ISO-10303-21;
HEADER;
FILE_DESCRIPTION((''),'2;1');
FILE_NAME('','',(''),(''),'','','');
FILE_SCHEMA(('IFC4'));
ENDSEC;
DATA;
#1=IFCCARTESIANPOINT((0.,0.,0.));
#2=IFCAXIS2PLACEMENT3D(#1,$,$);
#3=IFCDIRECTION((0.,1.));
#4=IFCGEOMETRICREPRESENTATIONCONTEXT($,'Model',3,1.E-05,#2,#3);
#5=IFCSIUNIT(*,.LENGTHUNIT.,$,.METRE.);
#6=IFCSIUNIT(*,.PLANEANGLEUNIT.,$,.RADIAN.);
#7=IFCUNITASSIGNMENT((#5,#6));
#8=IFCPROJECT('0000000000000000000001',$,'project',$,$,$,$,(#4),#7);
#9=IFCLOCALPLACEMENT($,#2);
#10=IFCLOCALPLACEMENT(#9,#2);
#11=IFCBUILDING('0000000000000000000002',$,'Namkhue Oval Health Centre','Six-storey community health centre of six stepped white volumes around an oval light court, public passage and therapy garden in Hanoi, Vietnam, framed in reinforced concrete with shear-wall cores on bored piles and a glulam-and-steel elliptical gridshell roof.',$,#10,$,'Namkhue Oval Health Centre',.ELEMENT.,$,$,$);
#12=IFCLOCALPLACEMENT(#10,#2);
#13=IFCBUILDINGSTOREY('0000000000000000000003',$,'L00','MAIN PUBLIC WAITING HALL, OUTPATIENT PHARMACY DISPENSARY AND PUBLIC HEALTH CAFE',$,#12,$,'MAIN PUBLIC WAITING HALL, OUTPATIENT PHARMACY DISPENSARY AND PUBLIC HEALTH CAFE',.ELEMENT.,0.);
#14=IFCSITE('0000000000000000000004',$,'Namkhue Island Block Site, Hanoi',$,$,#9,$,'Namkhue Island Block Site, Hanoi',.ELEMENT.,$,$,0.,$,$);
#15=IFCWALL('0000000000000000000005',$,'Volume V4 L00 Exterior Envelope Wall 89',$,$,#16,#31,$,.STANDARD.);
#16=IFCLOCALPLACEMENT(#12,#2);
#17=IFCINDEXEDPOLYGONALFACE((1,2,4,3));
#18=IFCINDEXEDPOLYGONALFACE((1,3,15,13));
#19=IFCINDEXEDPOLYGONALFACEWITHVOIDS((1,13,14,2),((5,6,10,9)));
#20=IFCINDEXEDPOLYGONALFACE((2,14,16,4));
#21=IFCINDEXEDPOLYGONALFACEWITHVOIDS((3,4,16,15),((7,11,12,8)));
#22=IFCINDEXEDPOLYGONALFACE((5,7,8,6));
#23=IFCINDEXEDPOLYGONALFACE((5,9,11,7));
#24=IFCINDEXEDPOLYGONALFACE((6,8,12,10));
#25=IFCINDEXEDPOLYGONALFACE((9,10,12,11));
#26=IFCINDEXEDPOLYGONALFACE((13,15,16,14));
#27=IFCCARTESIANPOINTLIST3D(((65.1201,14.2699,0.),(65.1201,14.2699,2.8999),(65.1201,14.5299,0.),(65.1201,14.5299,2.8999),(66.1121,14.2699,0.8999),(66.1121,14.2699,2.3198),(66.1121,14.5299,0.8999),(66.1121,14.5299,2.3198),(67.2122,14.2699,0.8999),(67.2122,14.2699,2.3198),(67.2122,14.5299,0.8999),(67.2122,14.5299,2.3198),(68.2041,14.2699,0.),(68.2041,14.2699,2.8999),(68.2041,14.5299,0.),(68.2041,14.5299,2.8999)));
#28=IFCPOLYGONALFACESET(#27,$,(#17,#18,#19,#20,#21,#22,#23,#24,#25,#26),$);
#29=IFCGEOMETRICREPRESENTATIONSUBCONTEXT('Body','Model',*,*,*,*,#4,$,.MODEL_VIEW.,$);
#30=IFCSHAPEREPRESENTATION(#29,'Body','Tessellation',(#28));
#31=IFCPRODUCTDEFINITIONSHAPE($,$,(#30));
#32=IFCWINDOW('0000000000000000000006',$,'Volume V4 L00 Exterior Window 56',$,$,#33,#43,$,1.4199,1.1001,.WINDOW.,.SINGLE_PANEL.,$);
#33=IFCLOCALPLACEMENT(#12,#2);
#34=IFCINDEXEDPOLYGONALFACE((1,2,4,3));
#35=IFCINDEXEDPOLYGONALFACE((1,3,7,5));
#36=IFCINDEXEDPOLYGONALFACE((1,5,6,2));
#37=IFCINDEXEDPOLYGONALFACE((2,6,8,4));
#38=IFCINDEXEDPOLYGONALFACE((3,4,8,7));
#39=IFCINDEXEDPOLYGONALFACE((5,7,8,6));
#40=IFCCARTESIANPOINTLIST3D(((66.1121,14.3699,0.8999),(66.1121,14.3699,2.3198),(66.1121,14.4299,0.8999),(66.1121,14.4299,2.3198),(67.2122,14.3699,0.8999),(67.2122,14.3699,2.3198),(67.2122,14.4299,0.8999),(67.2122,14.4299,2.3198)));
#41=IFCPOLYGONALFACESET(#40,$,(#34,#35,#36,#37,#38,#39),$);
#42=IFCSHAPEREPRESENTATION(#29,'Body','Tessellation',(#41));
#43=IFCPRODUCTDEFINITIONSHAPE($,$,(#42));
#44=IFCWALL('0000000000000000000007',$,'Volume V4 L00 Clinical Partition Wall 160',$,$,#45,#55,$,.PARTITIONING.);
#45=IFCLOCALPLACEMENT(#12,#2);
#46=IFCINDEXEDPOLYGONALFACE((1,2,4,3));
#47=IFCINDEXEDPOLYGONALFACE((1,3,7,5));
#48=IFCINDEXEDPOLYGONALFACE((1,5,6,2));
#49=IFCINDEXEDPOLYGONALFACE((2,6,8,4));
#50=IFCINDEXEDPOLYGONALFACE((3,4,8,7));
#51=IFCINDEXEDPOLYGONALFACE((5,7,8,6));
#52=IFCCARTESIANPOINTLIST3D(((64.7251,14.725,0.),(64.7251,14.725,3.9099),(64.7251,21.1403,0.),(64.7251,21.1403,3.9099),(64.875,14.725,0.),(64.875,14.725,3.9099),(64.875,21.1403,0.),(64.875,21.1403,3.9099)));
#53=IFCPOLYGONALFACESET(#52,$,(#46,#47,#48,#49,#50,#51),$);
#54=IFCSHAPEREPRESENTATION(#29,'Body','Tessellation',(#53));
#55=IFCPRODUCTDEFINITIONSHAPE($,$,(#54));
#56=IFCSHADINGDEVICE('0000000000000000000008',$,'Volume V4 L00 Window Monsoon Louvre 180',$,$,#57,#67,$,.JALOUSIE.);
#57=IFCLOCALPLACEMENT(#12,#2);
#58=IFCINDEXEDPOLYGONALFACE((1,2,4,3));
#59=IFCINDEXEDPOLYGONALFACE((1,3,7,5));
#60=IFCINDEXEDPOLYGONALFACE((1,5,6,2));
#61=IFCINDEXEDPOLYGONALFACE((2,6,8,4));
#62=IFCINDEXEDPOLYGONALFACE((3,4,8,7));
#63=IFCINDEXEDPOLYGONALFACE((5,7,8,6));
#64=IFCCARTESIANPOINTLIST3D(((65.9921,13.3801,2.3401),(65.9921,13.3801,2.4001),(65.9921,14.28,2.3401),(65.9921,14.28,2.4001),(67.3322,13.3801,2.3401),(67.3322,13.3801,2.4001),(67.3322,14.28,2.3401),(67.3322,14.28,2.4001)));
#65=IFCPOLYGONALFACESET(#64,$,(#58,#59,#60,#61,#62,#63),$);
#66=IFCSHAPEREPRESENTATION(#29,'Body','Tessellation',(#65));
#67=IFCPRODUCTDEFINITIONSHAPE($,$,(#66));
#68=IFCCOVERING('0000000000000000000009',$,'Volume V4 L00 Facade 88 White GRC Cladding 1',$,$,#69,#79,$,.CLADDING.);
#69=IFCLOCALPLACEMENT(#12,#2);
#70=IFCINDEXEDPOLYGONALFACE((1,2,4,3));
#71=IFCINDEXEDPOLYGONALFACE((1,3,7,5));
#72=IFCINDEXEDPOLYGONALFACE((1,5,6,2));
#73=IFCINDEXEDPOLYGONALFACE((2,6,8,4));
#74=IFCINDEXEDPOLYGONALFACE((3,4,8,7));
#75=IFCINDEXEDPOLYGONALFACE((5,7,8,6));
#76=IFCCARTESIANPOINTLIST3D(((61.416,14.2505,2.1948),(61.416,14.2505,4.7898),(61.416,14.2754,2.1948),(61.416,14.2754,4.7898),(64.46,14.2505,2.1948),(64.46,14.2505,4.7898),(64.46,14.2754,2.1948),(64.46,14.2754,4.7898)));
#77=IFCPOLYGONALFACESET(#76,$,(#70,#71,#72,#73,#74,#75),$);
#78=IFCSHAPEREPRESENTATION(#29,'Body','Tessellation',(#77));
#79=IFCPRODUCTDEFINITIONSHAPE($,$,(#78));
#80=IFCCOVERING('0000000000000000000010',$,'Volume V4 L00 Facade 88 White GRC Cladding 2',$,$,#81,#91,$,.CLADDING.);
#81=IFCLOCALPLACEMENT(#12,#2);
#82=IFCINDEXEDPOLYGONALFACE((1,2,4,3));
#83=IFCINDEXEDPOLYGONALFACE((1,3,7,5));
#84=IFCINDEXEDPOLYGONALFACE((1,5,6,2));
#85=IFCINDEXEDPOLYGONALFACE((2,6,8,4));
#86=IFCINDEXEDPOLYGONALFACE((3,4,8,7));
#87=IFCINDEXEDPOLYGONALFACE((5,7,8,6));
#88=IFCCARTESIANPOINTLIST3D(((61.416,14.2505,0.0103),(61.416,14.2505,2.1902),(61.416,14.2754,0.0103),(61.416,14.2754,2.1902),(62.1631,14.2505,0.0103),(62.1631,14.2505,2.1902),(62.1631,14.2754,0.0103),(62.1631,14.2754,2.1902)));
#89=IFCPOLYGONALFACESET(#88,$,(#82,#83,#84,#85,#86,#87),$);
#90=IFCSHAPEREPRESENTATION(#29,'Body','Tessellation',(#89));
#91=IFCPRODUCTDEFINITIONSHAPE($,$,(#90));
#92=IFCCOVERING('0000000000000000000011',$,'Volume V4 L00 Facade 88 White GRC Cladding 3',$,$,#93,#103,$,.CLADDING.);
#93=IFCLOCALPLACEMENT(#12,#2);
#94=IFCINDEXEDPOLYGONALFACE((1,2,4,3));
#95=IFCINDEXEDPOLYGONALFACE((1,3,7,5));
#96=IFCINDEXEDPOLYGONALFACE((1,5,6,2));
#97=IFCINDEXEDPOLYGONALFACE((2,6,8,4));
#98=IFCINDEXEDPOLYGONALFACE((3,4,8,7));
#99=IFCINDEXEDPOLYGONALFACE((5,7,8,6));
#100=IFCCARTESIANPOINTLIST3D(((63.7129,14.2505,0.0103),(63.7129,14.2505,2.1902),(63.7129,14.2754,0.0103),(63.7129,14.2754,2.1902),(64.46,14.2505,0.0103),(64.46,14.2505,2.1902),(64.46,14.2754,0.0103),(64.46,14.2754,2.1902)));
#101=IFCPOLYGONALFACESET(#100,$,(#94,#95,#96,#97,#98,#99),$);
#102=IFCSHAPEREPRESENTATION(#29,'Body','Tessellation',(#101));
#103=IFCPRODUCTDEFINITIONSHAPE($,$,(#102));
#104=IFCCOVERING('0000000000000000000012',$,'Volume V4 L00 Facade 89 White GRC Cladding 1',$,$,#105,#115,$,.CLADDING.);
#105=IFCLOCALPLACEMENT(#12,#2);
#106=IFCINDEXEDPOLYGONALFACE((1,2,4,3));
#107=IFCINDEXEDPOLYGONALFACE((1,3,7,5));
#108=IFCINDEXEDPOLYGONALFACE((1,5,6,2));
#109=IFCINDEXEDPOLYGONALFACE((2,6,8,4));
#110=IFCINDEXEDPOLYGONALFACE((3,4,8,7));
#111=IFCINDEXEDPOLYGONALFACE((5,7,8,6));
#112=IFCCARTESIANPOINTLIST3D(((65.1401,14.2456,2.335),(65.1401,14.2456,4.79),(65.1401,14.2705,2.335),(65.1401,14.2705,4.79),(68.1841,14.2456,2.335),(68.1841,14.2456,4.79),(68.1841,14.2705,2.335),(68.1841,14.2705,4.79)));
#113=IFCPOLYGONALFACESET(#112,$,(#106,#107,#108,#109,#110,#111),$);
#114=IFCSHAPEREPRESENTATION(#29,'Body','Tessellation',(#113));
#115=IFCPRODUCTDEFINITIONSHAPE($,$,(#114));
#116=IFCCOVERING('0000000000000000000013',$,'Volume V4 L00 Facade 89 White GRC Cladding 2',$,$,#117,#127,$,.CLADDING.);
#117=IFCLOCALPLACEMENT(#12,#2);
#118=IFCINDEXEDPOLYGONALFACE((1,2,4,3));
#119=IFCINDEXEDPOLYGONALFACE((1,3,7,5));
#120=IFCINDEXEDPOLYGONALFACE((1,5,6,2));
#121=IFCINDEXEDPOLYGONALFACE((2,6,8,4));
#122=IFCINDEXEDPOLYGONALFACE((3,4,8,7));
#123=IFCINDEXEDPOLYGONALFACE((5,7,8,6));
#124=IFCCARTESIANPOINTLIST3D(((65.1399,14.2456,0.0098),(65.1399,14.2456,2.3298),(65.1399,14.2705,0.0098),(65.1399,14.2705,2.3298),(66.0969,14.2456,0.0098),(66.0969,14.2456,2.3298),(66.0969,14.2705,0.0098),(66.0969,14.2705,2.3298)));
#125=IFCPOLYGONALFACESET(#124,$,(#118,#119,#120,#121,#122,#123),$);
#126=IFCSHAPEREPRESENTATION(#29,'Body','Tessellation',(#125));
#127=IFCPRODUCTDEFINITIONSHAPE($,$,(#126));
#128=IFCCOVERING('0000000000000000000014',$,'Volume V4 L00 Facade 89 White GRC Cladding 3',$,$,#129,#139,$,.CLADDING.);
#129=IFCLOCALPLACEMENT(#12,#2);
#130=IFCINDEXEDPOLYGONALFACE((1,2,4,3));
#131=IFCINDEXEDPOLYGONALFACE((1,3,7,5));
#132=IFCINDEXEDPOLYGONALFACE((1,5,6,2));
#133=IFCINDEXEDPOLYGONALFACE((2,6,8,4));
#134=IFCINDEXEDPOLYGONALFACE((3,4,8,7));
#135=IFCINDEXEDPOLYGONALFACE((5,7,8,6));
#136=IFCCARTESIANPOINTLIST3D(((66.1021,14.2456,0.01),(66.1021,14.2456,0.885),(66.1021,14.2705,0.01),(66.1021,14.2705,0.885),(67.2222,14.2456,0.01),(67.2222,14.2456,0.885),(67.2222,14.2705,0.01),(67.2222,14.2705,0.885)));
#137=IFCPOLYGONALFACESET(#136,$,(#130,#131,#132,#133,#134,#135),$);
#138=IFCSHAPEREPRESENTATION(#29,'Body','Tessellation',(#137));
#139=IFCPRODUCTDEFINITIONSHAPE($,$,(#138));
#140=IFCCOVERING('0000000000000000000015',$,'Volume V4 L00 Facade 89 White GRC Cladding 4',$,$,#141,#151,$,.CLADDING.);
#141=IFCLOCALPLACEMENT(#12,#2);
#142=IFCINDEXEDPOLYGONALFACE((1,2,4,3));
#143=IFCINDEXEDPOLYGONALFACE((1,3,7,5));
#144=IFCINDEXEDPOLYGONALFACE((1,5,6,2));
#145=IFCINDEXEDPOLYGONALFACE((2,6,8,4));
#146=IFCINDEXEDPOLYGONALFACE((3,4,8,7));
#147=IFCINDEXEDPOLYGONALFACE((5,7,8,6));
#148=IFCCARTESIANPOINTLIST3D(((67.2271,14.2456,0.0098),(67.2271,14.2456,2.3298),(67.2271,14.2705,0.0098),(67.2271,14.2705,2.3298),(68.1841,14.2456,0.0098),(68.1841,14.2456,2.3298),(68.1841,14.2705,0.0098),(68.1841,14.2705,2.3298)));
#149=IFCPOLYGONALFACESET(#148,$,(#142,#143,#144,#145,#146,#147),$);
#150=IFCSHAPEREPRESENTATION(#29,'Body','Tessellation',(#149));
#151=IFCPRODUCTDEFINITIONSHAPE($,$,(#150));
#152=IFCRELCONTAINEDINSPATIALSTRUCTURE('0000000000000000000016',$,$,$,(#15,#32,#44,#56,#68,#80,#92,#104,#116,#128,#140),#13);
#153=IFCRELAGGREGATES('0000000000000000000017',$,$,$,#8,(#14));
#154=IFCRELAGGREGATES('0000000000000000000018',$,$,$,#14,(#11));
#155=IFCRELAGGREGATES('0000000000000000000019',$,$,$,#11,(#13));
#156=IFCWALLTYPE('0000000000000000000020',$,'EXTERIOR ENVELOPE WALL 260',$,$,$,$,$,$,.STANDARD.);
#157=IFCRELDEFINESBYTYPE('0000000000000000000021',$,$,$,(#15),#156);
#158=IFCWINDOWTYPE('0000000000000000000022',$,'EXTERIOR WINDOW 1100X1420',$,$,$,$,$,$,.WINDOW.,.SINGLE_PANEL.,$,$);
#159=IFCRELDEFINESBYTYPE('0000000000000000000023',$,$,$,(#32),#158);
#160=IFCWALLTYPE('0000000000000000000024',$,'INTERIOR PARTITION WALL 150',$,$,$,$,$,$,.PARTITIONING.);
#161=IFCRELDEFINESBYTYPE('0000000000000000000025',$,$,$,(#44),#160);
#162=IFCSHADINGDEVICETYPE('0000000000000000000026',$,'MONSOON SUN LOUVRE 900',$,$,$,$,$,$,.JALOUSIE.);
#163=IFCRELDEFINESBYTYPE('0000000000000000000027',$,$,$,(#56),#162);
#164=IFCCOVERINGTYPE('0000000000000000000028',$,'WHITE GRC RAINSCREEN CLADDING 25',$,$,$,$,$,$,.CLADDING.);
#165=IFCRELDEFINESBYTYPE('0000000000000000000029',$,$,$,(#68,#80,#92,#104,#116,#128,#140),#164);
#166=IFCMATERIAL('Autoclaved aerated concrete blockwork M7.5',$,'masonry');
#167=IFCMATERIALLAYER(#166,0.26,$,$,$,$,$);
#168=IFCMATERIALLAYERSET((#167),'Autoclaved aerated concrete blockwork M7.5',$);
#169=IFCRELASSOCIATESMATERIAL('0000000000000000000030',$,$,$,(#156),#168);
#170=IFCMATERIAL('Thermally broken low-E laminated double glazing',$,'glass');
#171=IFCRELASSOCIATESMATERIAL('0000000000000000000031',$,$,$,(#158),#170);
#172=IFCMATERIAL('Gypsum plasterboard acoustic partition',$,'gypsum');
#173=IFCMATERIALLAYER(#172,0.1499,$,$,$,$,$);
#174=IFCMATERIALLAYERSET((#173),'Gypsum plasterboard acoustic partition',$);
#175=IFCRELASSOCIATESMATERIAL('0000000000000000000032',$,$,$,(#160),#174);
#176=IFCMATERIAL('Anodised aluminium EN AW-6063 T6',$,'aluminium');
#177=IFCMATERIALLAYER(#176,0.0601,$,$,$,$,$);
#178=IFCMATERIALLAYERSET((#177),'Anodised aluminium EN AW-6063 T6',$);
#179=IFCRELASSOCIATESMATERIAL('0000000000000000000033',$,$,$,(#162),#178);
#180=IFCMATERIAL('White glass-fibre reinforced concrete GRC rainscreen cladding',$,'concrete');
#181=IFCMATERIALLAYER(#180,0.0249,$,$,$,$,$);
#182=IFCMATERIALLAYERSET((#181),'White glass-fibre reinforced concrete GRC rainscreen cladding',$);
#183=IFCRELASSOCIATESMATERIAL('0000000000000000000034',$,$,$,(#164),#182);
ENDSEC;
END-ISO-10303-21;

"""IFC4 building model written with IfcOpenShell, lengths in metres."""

from ifc_helpers import new_model, si_unit, direction, frame, frame_2d, origin, origin_2d, place, context, subcontext, project, spatial, rectangle, extrude, material, layer, layer_set, type_object, element, fill, save


model = new_model("IFC4")

# Units and contexts
model_context = context("Model", 3, precision=1e-05, world=origin(), true_north=direction((0.0, 1.0)))
body_context = subcontext(model_context, "Body", "Model", "MODEL_VIEW")
ifc_project = project(units=[si_unit("LENGTHUNIT", "METRE"), si_unit("PLANEANGLEUNIT", "RADIAN")], contexts=[model_context])

# Site, building, storey
site_placement = place(None, origin())
site = spatial("IfcSite", under=ifc_project, at=site_placement, Name="Namkhue Island Block Site, Hanoi", LongName="Namkhue Island Block Site, Hanoi", CompositionType="ELEMENT", RefElevation=0.0)
building_placement = place(site_placement, origin())
building = spatial("IfcBuilding", under=site, at=building_placement, Name="Namkhue Oval Health Centre", Description="Six-storey community health centre of six stepped white volumes around an oval light court, public passage and therapy garden in Hanoi, Vietnam, framed in reinforced concrete with shear-wall cores on bored piles and a glulam-and-steel elliptical gridshell roof.", LongName="Namkhue Oval Health Centre", CompositionType="ELEMENT")
storey_placement = place(building_placement, origin())
storey = spatial("IfcBuildingStorey", under=building, at=storey_placement, Name="L00", Description="MAIN PUBLIC WAITING HALL, OUTPATIENT PHARMACY DISPENSARY AND PUBLIC HEALTH CAFE", LongName="MAIN PUBLIC WAITING HALL, OUTPATIENT PHARMACY DISPENSARY AND PUBLIC HEALTH CAFE", CompositionType="ELEMENT", Elevation=0.0)

# Shared definitions
ifc_material_1 = material(Name="Anodised aluminium EN AW-6063 T6", Category="aluminium")

# Shared definitions
ifc_material_2 = material(Name="Autoclaved aerated concrete blockwork M7.5", Category="masonry")

# Wall, opening, window
ifc_layer_1 = layer(ifc_material_2, 0.26)
ifc_layer_set_1 = layer_set([ifc_layer_1], Name="Autoclaved aerated concrete blockwork M7.5")
wall_type_1 = type_object("IfcWallType", Name="EXTERIOR ENVELOPE WALL 260", PredefinedType="STANDARD", material=ifc_layer_set_1)
wall_1_placement = place(storey_placement, frame((65.1201, 14.3999, 0.0), z_axis=(0.0, 0.0, 1.0), x_axis=(1.0, 0.0, 0.0)))
wall_1 = element("IfcWall", 1, at=wall_1_placement, inside=storey, type_object=wall_type_1, Name="Volume V4 L00 Exterior Envelope Wall 89", PredefinedType="STANDARD", context=body_context, shape_type="SweptSolid", body=[
    extrude(rectangle(XDim=3.084, YDim=0.26, at=frame_2d((1.542, 0.0))), origin(), (0.0, 0.0, 1.0), 2.8999),
])
opening_1_placement = place(wall_1_placement, frame((0.9919, 0.0, 0.8999)))
opening_1 = element("IfcOpeningElement", 2, at=opening_1_placement, cuts=wall_1, PredefinedType="OPENING", context=body_context, shape_type="SweptSolid", body=[
    extrude(rectangle(XDim=1.1001, YDim=1.4199, at=frame_2d((0.55, 0.71))), frame((0.0, 0.1399, 0.0), z_axis=(0.0, -1.0, 0.0), x_axis=(1.0, 0.0, 0.0)), (0.0, 0.0, 1.0), 0.28),
])
ifc_material_3 = material(Name="Thermally broken low-E laminated double glazing", Category="glass")
window_type = type_object("IfcWindowType", Name="EXTERIOR WINDOW 1100X1420", PartitioningType="SINGLE_PANEL", PredefinedType="WINDOW", material=ifc_material_3)
window_placement = place(opening_1_placement, origin())
window = element("IfcWindow", 3, at=window_placement, inside=storey, type_object=window_type, Name="Volume V4 L00 Exterior Window 56", OverallHeight=1.4199, OverallWidth=1.1001, PartitioningType="SINGLE_PANEL", PredefinedType="WINDOW", context=body_context, shape_type="SweptSolid", body=[
    extrude(rectangle(XDim=1.1001, YDim=1.4199, at=frame_2d((0.55, 0.71))), frame((0.0, 0.03, 0.0), z_axis=(0.0, -1.0, 0.0), x_axis=(1.0, 0.0, 0.0)), (0.0, 0.0, 1.0), 0.0601),
])
fill(opening_1, window)

# Wall
ifc_material_4 = material(Name="Gypsum plasterboard acoustic partition", Category="gypsum")
ifc_layer_2 = layer(ifc_material_4, 0.1499)
ifc_layer_set_2 = layer_set([ifc_layer_2], Name="Gypsum plasterboard acoustic partition")
wall_type_2 = type_object("IfcWallType", Name="INTERIOR PARTITION WALL 150", PredefinedType="PARTITIONING", material=ifc_layer_set_2)
wall_2_placement = place(storey_placement, frame((64.8, 14.7251, 0.0), z_axis=(0.0, 0.0, 1.0), x_axis=(0.0, 1.0, 0.0)))
element("IfcWall", 4, at=wall_2_placement, inside=storey, type_object=wall_type_2, Name="Volume V4 L00 Clinical Partition Wall 160", PredefinedType="PARTITIONING", context=body_context, shape_type="SweptSolid", body=[
    extrude(rectangle(XDim=6.4153, YDim=0.1499, at=frame_2d((3.2075, 0.0))), origin(), (0.0, 0.0, 1.0), 3.9099),
])

# Shading device
ifc_layer_3 = layer(ifc_material_1, 0.0601)
ifc_layer_set_3 = layer_set([ifc_layer_3], Name="Anodised aluminium EN AW-6063 T6")
shading_device_type = type_object("IfcShadingDeviceType", Name="MONSOON SUN LOUVRE 900", PredefinedType="JALOUSIE", material=ifc_layer_set_3)
shading_device_placement = place(storey_placement, frame((66.6621, 13.8301, 2.3401), z_axis=(0.0, 0.0, 1.0), x_axis=(1.0, 0.0, 0.0)))
element("IfcShadingDevice", 5, at=shading_device_placement, inside=storey, type_object=shading_device_type, Name="Volume V4 L00 Window Monsoon Louvre 180", PredefinedType="JALOUSIE", context=body_context, shape_type="SweptSolid", body=[
    extrude(rectangle(XDim=1.3401, YDim=0.8999, at=origin_2d()), origin(), (0.0, 0.0, 1.0), 0.0601),
])

# Coverings
ifc_material_5 = material(Name="White glass-fibre reinforced concrete GRC rainscreen cladding", Category="concrete")
ifc_layer_4 = layer(ifc_material_5, 0.0249)
ifc_layer_set_4 = layer_set([ifc_layer_4], Name="White glass-fibre reinforced concrete GRC rainscreen cladding")
covering_type = type_object("IfcCoveringType", Name="WHITE GRC RAINSCREEN CLADDING 25", PredefinedType="CLADDING", material=ifc_layer_set_4)
covering_1_placement = place(storey_placement, frame((62.938, 14.2629, 2.1948), z_axis=(0.0, 0.0, 1.0), x_axis=(1.0, 0.0, 0.0)))
element("IfcCovering", 6, at=covering_1_placement, inside=storey, type_object=covering_type, Name="Volume V4 L00 Facade 88 White GRC Cladding 1", PredefinedType="CLADDING", context=body_context, shape_type="SweptSolid", body=[
    extrude(rectangle(XDim=3.0439, YDim=0.0249, at=origin_2d()), origin(), (0.0, 0.0, 1.0), 2.595),
])
for number, where, z_axis, x_axis, name in (
    (7, (61.7896, 14.2629, 0.0103), (0.0, 0.0, 1.0), (1.0, 0.0, 0.0), "Volume V4 L00 Facade 88 White GRC Cladding 2"),
    (8, (64.0864, 14.2629, 0.0103), (0.0, 0.0, 1.0), (1.0, 0.0, 0.0), "Volume V4 L00 Facade 88 White GRC Cladding 3"),
):
    element("IfcCovering", number, at=place(storey_placement, frame(where, z_axis=z_axis, x_axis=x_axis)), inside=storey, type_object=covering_type, Name=name, PredefinedType="CLADDING", context=body_context, shape_type="SweptSolid", body=[
        extrude(rectangle(XDim=0.7471, YDim=0.0249, at=origin_2d()), origin(), (0.0, 0.0, 1.0), 2.1799),
    ])
covering_2_placement = place(storey_placement, frame((66.6621, 14.2581, 2.335), z_axis=(0.0, 0.0, 1.0), x_axis=(1.0, 0.0, 0.0)))
element("IfcCovering", 9, at=covering_2_placement, inside=storey, type_object=covering_type, Name="Volume V4 L00 Facade 89 White GRC Cladding 1", PredefinedType="CLADDING", context=body_context, shape_type="SweptSolid", body=[
    extrude(rectangle(XDim=3.0439, YDim=0.0249, at=origin_2d()), origin(), (0.0, 0.0, 1.0), 2.4551),
])
covering_3_placement = place(storey_placement, frame((65.6184, 14.2581, 0.0098), z_axis=(0.0, 0.0, 1.0), x_axis=(1.0, 0.0, 0.0)))
element("IfcCovering", 10, at=covering_3_placement, inside=storey, type_object=covering_type, Name="Volume V4 L00 Facade 89 White GRC Cladding 2", PredefinedType="CLADDING", context=body_context, shape_type="SweptSolid", body=[
    extrude(rectangle(XDim=0.957, YDim=0.0249, at=origin_2d()), origin(), (0.0, 0.0, 1.0), 2.3201),
])
covering_4_placement = place(storey_placement, frame((66.6621, 14.2581, 0.01), z_axis=(0.0, 0.0, 1.0), x_axis=(1.0, 0.0, 0.0)))
element("IfcCovering", 11, at=covering_4_placement, inside=storey, type_object=covering_type, Name="Volume V4 L00 Facade 89 White GRC Cladding 3", PredefinedType="CLADDING", context=body_context, shape_type="SweptSolid", body=[
    extrude(rectangle(XDim=1.1201, YDim=0.0249, at=origin_2d()), origin(), (0.0, 0.0, 1.0), 0.875),
])
covering_5_placement = place(storey_placement, frame((67.7056, 14.2581, 0.0098), z_axis=(0.0, 0.0, 1.0), x_axis=(1.0, 0.0, 0.0)))
element("IfcCovering", 12, at=covering_5_placement, inside=storey, type_object=covering_type, Name="Volume V4 L00 Facade 89 White GRC Cladding 4", PredefinedType="CLADDING", context=body_context, shape_type="SweptSolid", body=[
    extrude(rectangle(XDim=0.957, YDim=0.0249, at=origin_2d()), origin(), (0.0, 0.0, 1.0), 2.3201),
])

save(model, "model.ifc")
